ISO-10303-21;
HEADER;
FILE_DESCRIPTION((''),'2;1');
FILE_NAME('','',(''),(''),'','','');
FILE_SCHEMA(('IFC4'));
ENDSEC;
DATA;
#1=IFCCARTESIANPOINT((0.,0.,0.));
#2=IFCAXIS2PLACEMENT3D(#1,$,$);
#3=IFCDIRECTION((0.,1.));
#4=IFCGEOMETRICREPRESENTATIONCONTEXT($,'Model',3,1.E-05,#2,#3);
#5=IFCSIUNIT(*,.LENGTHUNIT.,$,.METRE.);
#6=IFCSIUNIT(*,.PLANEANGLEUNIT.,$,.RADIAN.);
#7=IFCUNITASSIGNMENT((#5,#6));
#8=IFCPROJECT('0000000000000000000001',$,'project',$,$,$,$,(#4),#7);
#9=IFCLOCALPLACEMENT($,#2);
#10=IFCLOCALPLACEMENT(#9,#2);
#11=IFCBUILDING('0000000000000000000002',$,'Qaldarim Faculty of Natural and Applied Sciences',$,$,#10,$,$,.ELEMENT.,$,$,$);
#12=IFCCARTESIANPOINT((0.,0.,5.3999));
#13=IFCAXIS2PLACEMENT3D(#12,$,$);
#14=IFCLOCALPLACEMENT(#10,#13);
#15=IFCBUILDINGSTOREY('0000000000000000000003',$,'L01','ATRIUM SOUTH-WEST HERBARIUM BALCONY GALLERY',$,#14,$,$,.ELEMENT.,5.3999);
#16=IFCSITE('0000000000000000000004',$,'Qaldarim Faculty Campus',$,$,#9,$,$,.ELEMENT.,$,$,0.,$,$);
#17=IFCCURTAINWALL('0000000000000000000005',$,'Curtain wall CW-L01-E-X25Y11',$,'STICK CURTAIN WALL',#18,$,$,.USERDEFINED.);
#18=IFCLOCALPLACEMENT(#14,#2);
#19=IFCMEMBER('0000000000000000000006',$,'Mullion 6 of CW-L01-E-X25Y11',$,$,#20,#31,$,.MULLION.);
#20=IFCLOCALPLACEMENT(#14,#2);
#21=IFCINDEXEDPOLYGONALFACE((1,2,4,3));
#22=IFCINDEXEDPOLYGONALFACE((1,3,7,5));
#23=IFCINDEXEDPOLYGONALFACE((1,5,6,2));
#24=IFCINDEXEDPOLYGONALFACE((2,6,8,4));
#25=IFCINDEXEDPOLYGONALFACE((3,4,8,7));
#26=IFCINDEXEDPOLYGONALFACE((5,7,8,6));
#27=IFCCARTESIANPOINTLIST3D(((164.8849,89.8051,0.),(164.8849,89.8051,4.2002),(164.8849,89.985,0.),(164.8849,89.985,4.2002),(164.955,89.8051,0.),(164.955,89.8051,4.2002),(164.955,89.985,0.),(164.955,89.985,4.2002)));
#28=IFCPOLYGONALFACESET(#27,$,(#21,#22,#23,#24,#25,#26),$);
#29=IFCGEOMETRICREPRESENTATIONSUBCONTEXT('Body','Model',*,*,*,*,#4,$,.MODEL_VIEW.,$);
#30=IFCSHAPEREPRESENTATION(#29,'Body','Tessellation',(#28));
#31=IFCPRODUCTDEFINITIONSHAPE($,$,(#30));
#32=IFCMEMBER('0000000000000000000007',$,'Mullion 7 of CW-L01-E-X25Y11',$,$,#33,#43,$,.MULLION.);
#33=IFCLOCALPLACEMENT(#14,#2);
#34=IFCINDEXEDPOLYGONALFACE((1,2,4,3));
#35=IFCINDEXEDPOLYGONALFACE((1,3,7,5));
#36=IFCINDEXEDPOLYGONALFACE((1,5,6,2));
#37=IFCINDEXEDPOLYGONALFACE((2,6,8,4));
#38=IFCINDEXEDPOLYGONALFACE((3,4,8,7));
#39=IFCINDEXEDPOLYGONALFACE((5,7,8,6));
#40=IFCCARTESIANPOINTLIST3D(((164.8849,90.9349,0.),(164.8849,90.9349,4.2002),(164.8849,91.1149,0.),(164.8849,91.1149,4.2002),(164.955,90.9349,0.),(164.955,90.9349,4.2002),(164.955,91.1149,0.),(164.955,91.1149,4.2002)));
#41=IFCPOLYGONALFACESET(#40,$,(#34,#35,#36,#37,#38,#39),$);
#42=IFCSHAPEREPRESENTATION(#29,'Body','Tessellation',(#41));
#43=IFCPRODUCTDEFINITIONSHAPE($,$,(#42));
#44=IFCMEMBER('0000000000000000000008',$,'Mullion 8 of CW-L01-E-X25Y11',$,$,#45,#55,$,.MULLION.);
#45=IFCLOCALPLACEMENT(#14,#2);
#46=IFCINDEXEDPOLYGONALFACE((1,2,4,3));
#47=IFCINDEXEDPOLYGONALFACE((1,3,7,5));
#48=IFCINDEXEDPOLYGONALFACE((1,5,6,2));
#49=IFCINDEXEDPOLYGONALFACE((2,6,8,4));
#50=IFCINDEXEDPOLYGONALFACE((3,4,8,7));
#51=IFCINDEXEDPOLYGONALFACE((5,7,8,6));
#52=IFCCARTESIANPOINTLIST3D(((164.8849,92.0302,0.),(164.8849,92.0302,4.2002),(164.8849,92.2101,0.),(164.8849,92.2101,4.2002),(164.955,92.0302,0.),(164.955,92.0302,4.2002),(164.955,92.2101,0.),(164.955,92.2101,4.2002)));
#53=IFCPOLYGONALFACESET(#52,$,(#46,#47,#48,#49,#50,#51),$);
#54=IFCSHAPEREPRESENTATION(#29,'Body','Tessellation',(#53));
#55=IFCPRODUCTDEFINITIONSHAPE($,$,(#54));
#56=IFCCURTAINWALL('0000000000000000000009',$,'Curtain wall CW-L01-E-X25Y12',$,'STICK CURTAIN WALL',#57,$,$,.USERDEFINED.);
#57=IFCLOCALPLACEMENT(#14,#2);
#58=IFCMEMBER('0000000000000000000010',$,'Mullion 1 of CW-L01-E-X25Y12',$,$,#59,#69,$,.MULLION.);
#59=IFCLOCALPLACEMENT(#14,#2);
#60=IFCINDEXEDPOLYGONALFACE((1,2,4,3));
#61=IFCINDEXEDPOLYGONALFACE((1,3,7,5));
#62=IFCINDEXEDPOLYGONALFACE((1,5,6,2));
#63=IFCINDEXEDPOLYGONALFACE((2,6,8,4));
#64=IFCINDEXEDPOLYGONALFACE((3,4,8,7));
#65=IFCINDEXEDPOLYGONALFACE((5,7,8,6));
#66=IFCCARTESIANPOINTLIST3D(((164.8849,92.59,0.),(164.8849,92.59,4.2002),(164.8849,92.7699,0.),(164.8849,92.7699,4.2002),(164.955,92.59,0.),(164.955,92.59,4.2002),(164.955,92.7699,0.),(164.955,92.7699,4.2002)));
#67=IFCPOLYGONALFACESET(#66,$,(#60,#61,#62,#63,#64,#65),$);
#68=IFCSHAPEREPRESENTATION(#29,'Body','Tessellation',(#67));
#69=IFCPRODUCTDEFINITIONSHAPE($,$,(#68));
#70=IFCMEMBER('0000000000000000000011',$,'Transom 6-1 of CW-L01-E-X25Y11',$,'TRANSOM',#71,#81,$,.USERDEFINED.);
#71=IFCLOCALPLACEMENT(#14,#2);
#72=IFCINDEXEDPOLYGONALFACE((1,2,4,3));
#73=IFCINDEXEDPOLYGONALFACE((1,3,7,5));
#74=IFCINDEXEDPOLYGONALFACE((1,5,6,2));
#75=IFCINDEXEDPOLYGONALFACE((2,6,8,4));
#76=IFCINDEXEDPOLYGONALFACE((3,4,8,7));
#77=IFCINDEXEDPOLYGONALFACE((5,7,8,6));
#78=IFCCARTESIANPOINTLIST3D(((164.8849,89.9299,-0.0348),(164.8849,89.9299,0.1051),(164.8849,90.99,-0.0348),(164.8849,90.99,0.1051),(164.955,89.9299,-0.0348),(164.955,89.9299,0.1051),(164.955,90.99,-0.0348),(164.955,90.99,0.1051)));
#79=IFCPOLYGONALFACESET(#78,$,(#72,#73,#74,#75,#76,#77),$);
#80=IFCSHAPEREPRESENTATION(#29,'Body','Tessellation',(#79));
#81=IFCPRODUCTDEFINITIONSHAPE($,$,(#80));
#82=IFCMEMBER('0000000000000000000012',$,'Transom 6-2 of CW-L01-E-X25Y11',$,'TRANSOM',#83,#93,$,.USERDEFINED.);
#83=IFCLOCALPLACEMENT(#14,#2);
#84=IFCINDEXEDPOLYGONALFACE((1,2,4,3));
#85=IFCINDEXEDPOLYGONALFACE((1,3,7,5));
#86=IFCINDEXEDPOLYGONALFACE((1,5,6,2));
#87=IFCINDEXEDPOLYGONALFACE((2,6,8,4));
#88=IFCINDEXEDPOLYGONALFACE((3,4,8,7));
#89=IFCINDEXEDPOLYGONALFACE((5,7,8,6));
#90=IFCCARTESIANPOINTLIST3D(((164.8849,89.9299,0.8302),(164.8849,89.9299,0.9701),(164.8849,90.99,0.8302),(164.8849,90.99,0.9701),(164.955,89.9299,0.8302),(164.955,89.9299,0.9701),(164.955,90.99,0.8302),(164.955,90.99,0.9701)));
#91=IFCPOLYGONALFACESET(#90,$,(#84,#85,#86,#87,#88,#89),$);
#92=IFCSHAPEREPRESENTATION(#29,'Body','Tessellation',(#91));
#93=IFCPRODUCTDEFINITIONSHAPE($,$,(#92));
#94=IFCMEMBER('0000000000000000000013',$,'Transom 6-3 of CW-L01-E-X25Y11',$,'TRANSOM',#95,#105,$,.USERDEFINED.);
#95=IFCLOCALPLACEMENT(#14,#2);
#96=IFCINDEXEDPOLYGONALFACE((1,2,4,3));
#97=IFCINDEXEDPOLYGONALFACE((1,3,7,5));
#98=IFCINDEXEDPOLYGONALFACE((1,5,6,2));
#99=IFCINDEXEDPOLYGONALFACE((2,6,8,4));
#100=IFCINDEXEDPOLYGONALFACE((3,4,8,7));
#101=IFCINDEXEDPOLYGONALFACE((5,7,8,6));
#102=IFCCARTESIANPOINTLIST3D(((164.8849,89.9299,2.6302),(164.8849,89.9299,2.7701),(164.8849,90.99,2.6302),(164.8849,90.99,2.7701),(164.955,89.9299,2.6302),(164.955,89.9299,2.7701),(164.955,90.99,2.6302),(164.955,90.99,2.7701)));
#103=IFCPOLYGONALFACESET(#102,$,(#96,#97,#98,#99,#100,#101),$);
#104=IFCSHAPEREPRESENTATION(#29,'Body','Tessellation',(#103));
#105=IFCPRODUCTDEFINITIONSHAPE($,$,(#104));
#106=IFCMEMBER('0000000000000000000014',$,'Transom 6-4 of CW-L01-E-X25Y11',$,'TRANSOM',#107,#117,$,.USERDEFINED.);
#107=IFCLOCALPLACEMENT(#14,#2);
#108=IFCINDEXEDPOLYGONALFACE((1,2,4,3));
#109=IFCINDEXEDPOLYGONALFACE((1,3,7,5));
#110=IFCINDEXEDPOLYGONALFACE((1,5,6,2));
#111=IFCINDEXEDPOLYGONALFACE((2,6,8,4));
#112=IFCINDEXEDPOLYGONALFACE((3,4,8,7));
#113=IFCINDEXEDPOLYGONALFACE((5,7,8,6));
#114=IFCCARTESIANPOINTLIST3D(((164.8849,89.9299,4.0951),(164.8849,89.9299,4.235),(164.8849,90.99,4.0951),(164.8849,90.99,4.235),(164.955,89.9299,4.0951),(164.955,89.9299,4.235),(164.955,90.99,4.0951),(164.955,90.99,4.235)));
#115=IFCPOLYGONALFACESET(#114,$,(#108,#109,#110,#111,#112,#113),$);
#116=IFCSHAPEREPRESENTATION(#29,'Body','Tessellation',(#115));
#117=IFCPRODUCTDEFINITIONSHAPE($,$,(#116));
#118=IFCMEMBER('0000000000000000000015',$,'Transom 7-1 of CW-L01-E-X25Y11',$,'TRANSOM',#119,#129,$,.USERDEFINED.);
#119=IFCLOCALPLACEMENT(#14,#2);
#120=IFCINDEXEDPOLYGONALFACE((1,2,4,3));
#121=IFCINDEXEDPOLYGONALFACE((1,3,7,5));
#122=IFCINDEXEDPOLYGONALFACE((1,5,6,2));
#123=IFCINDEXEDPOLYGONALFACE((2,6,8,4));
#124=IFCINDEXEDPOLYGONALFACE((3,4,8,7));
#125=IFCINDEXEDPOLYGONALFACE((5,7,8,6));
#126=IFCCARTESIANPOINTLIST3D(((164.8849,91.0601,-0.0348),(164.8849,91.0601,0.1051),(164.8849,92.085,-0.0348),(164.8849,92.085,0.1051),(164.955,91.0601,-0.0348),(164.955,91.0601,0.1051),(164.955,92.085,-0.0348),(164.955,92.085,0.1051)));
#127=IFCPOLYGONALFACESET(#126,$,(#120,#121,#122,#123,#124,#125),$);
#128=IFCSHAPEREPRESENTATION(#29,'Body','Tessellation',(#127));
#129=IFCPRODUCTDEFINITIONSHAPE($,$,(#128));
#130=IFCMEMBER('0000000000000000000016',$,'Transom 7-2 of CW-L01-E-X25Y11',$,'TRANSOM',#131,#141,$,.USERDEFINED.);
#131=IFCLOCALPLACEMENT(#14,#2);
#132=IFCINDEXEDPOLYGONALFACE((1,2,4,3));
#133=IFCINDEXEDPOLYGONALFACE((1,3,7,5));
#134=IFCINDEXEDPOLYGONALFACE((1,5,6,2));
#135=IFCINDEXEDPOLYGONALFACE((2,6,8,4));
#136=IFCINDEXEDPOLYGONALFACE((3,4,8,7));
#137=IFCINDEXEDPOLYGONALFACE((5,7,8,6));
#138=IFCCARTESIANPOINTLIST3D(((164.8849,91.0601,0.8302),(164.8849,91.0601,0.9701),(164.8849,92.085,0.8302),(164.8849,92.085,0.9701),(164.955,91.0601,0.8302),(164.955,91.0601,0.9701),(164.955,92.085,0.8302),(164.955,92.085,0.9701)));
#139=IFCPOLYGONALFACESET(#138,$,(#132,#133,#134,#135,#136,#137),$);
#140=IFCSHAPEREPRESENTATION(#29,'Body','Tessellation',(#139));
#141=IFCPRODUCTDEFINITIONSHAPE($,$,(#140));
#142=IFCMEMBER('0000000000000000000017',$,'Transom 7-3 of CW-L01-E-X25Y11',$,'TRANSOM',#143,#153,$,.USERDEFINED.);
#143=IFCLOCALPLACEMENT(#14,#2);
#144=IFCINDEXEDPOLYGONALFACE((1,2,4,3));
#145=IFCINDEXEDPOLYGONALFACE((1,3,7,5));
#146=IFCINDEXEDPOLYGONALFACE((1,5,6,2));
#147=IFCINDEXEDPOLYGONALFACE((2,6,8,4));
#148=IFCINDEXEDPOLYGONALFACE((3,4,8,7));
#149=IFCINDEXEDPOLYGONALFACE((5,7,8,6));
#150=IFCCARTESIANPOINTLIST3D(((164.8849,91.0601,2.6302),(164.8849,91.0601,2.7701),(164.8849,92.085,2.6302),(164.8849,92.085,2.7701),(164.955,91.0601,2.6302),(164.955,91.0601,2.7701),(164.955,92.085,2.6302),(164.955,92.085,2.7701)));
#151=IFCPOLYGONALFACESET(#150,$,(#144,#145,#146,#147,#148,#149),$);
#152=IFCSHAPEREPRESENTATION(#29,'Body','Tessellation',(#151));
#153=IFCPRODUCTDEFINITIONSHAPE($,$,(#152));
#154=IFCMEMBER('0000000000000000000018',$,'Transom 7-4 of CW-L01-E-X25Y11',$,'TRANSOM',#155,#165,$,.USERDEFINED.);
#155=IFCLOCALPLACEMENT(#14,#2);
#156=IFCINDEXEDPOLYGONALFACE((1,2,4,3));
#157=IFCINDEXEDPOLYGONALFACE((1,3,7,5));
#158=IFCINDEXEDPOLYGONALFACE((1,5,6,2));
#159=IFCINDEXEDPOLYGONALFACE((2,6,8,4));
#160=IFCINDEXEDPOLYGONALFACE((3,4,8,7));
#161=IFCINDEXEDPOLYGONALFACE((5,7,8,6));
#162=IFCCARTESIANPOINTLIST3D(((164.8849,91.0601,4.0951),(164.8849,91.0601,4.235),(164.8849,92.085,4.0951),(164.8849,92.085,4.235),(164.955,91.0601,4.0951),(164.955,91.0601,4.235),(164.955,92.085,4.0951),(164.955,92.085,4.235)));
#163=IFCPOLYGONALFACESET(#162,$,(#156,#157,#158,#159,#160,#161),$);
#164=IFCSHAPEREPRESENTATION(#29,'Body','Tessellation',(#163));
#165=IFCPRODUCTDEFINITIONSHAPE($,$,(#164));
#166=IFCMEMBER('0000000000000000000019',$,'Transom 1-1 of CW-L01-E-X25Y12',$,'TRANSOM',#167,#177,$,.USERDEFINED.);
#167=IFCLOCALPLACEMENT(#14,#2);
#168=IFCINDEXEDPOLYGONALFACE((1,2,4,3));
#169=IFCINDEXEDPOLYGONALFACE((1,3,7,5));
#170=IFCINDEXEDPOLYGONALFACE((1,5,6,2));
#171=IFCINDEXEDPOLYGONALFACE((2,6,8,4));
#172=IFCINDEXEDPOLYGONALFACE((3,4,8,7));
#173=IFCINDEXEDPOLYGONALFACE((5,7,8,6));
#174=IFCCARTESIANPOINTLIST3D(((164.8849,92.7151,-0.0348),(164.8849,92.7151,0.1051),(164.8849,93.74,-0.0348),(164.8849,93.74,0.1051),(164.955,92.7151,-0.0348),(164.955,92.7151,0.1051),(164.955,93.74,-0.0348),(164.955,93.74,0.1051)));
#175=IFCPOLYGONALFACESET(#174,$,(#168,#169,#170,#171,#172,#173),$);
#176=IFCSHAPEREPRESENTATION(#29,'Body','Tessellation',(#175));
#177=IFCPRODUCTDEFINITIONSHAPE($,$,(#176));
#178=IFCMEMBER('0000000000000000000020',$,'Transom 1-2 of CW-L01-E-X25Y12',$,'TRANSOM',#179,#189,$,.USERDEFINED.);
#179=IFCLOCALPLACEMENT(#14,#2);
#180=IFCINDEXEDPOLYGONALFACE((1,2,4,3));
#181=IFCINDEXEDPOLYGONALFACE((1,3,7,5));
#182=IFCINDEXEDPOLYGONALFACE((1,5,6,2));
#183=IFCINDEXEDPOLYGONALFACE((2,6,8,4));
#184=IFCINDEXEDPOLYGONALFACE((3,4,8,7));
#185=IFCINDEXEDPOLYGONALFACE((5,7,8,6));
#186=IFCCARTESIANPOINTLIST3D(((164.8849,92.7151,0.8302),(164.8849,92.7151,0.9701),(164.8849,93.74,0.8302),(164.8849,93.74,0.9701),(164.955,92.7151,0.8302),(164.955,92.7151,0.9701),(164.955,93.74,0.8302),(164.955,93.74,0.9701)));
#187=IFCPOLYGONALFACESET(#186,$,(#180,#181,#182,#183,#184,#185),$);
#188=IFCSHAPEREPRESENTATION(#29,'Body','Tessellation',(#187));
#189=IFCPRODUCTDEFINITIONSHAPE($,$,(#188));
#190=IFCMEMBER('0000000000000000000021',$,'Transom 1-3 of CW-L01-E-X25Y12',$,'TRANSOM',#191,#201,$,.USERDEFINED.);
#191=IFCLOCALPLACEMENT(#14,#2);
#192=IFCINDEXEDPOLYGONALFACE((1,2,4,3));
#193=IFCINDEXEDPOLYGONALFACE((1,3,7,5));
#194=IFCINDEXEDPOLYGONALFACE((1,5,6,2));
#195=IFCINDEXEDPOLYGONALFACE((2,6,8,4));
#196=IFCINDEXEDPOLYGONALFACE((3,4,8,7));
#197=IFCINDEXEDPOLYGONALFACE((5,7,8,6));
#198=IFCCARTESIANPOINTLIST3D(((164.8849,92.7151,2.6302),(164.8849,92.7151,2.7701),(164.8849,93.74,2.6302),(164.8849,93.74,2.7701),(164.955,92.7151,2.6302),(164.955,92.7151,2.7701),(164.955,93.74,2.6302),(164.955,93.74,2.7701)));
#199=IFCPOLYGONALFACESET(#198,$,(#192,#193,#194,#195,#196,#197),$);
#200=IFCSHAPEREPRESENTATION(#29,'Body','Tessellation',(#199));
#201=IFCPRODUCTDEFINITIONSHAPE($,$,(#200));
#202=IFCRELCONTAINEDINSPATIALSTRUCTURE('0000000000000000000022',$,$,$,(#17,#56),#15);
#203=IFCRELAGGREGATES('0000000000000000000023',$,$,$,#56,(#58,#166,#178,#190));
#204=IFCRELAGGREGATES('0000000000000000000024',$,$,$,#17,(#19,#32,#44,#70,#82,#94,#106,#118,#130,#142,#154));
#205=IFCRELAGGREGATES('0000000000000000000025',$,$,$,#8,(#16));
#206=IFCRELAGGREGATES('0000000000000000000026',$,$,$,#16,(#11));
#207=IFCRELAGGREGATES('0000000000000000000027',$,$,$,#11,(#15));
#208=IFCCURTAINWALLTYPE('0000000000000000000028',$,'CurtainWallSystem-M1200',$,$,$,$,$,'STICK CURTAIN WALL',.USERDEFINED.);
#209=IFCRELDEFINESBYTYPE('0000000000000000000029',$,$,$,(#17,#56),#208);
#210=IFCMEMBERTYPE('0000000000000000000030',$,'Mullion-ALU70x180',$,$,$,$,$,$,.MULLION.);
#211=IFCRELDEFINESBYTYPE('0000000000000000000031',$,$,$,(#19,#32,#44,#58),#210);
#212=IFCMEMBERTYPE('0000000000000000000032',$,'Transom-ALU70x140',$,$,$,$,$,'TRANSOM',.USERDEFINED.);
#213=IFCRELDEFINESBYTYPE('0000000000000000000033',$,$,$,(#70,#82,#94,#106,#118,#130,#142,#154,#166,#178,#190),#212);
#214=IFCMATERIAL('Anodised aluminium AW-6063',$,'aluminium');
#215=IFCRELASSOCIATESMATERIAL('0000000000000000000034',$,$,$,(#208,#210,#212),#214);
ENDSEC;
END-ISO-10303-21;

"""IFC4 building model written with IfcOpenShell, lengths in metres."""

from ifc_helpers import new_model, si_unit, direction, frame, origin, origin_2d, place, context, subcontext, project, spatial, rectangle, extrude, material, material_profile, profile_set, type_object, element, aggregate, save


model = new_model("IFC4")

# Units and contexts
model_context = context("Model", 3, precision=1e-05, world=origin(), true_north=direction((0.0, 1.0)))
body_context = subcontext(model_context, "Body", "Model", "MODEL_VIEW")
ifc_project = project(units=[si_unit("LENGTHUNIT", "METRE"), si_unit("PLANEANGLEUNIT", "RADIAN")], contexts=[model_context])

# Site, building, storey
site_placement = place(None, origin())
site = spatial("IfcSite", under=ifc_project, at=site_placement, Name="Qaldarim Faculty Campus", CompositionType="ELEMENT", RefElevation=0.0)
building_placement = place(site_placement, origin())
building = spatial("IfcBuilding", under=site, at=building_placement, Name="Qaldarim Faculty of Natural and Applied Sciences", CompositionType="ELEMENT")
storey_placement = place(building_placement, frame((0.0, 0.0, 5.3999)))
storey = spatial("IfcBuildingStorey", under=building, at=storey_placement, Name="L01", Description="ATRIUM SOUTH-WEST HERBARIUM BALCONY GALLERY", CompositionType="ELEMENT", Elevation=5.3999)

# Curtain wall, members
ifc_material_1 = material(Name="Anodised aluminium AW-6063", Category="aluminium")
curtain_wall_type = type_object("IfcCurtainWallType", Name="CurtainWallSystem-M1200", ElementType="STICK CURTAIN WALL", PredefinedType="USERDEFINED", material=ifc_material_1)
curtain_wall_1_placement = place(storey_placement, origin())
curtain_wall_1 = element("IfcCurtainWall", 1, at=curtain_wall_1_placement, inside=storey, type_object=curtain_wall_type, Name="Curtain wall CW-L01-E-X25Y11", ObjectType="STICK CURTAIN WALL", PredefinedType="USERDEFINED")
ifc_material_profile_1 = material_profile(ifc_material_1, rectangle(XDim=0.0701, YDim=0.1799, at=origin_2d()), Name="ALU-M70x180")
ifc_profile_set_1 = profile_set([ifc_material_profile_1], Name="Anodised aluminium AW-6063")
member_type_1 = type_object("IfcMemberType", Name="Mullion-ALU70x180", PredefinedType="MULLION", material=ifc_profile_set_1)
member_1_placement = place(storey_placement, frame((164.9199, 89.895, 0.0), z_axis=(0.0, 0.0, 1.0), x_axis=(-1.0, 0.0, 0.0)))
member_1 = element("IfcMember", 2, at=member_1_placement, type_object=member_type_1, Name="Mullion 6 of CW-L01-E-X25Y11", PredefinedType="MULLION", context=body_context, shape_type="SweptSolid", body=[
    extrude(rectangle(XDim=0.0701, YDim=0.1799, at=origin_2d()), origin(), (0.0, 0.0, 1.0), 4.2002),
])
member_2_placement = place(storey_placement, frame((164.9199, 91.0249, 0.0), z_axis=(0.0, 0.0, 1.0), x_axis=(-1.0, 0.0, 0.0)))
member_2 = element("IfcMember", 3, at=member_2_placement, type_object=member_type_1, Name="Mullion 7 of CW-L01-E-X25Y11", PredefinedType="MULLION", context=body_context, shape_type="SweptSolid", body=[
    extrude(rectangle(XDim=0.0701, YDim=0.1799, at=origin_2d()), origin(), (0.0, 0.0, 1.0), 4.2002),
])
member_3_placement = place(storey_placement, frame((164.9199, 92.1201, 0.0), z_axis=(0.0, 0.0, 1.0), x_axis=(-1.0, 0.0, 0.0)))
member_3 = element("IfcMember", 4, at=member_3_placement, type_object=member_type_1, Name="Mullion 8 of CW-L01-E-X25Y11", PredefinedType="MULLION", context=body_context, shape_type="SweptSolid", body=[
    extrude(rectangle(XDim=0.0701, YDim=0.1799, at=origin_2d()), origin(), (0.0, 0.0, 1.0), 4.2002),
])

# Curtain wall, member
curtain_wall_2_placement = place(storey_placement, origin())
curtain_wall_2 = element("IfcCurtainWall", 5, at=curtain_wall_2_placement, inside=storey, type_object=curtain_wall_type, Name="Curtain wall CW-L01-E-X25Y12", ObjectType="STICK CURTAIN WALL", PredefinedType="USERDEFINED")
member_4_placement = place(storey_placement, frame((164.9199, 92.6799, 0.0), z_axis=(0.0, 0.0, 1.0), x_axis=(-1.0, 0.0, 0.0)))
member_4 = element("IfcMember", 6, at=member_4_placement, type_object=member_type_1, Name="Mullion 1 of CW-L01-E-X25Y12", PredefinedType="MULLION", context=body_context, shape_type="SweptSolid", body=[
    extrude(rectangle(XDim=0.0701, YDim=0.1799, at=origin_2d()), origin(), (0.0, 0.0, 1.0), 4.2002),
])

# Members
ifc_material_profile_2 = material_profile(ifc_material_1, rectangle(XDim=0.0701, YDim=0.1399, at=origin_2d()), Name="ALU-T70x140")
ifc_profile_set_2 = profile_set([ifc_material_profile_2], Name="Anodised aluminium AW-6063")
member_type_2 = type_object("IfcMemberType", Name="Transom-ALU70x140", ElementType="TRANSOM", PredefinedType="USERDEFINED", material=ifc_profile_set_2)
member_5_placement = place(storey_placement, frame((164.9199, 89.9299, 0.0352), z_axis=(0.0, 1.0, 0.0), x_axis=(-1.0, 0.0, 0.0)))
member_5 = element("IfcMember", 7, at=member_5_placement, type_object=member_type_2, Name="Transom 6-1 of CW-L01-E-X25Y11", ObjectType="TRANSOM", PredefinedType="USERDEFINED", context=body_context, shape_type="SweptSolid", body=[
    extrude(rectangle(XDim=0.0701, YDim=0.1399, at=origin_2d()), origin(), (0.0, 0.0, 1.0), 1.0601),
])
member_6_placement = place(storey_placement, frame((164.9199, 89.9299, 0.9001), z_axis=(0.0, 1.0, 0.0), x_axis=(-1.0, 0.0, 0.0)))
member_6 = element("IfcMember", 8, at=member_6_placement, type_object=member_type_2, Name="Transom 6-2 of CW-L01-E-X25Y11", ObjectType="TRANSOM", PredefinedType="USERDEFINED", context=body_context, shape_type="SweptSolid", body=[
    extrude(rectangle(XDim=0.0701, YDim=0.1399, at=origin_2d()), origin(), (0.0, 0.0, 1.0), 1.0601),
])
member_7_placement = place(storey_placement, frame((164.9199, 89.9299, 2.7002), z_axis=(0.0, 1.0, 0.0), x_axis=(-1.0, 0.0, 0.0)))
member_7 = element("IfcMember", 9, at=member_7_placement, type_object=member_type_2, Name="Transom 6-3 of CW-L01-E-X25Y11", ObjectType="TRANSOM", PredefinedType="USERDEFINED", context=body_context, shape_type="SweptSolid", body=[
    extrude(rectangle(XDim=0.0701, YDim=0.1399, at=origin_2d()), origin(), (0.0, 0.0, 1.0), 1.0601),
])
member_8_placement = place(storey_placement, frame((164.9199, 89.9299, 4.165), z_axis=(0.0, 1.0, 0.0), x_axis=(-1.0, 0.0, 0.0)))
member_8 = element("IfcMember", 10, at=member_8_placement, type_object=member_type_2, Name="Transom 6-4 of CW-L01-E-X25Y11", ObjectType="TRANSOM", PredefinedType="USERDEFINED", context=body_context, shape_type="SweptSolid", body=[
    extrude(rectangle(XDim=0.0701, YDim=0.1399, at=origin_2d()), origin(), (0.0, 0.0, 1.0), 1.0601),
])
member_9_placement = place(storey_placement, frame((164.9199, 91.0601, 0.0352), z_axis=(0.0, 1.0, 0.0), x_axis=(-1.0, 0.0, 0.0)))
member_9 = element("IfcMember", 11, at=member_9_placement, type_object=member_type_2, Name="Transom 7-1 of CW-L01-E-X25Y11", ObjectType="TRANSOM", PredefinedType="USERDEFINED", context=body_context, shape_type="SweptSolid", body=[
    extrude(rectangle(XDim=0.0701, YDim=0.1399, at=origin_2d()), origin(), (0.0, 0.0, 1.0), 1.0249),
])
member_10_placement = place(storey_placement, frame((164.9199, 91.0601, 0.9001), z_axis=(0.0, 1.0, 0.0), x_axis=(-1.0, 0.0, 0.0)))
member_10 = element("IfcMember", 12, at=member_10_placement, type_object=member_type_2, Name="Transom 7-2 of CW-L01-E-X25Y11", ObjectType="TRANSOM", PredefinedType="USERDEFINED", context=body_context, shape_type="SweptSolid", body=[
    extrude(rectangle(XDim=0.0701, YDim=0.1399, at=origin_2d()), origin(), (0.0, 0.0, 1.0), 1.0249),
])
member_11_placement = place(storey_placement, frame((164.9199, 91.0601, 2.7002), z_axis=(0.0, 1.0, 0.0), x_axis=(-1.0, 0.0, 0.0)))
member_11 = element("IfcMember", 13, at=member_11_placement, type_object=member_type_2, Name="Transom 7-3 of CW-L01-E-X25Y11", ObjectType="TRANSOM", PredefinedType="USERDEFINED", context=body_context, shape_type="SweptSolid", body=[
    extrude(rectangle(XDim=0.0701, YDim=0.1399, at=origin_2d()), origin(), (0.0, 0.0, 1.0), 1.0249),
])
member_12_placement = place(storey_placement, frame((164.9199, 91.0601, 4.165), z_axis=(0.0, 1.0, 0.0), x_axis=(-1.0, 0.0, 0.0)))
member_12 = element("IfcMember", 14, at=member_12_placement, type_object=member_type_2, Name="Transom 7-4 of CW-L01-E-X25Y11", ObjectType="TRANSOM", PredefinedType="USERDEFINED", context=body_context, shape_type="SweptSolid", body=[
    extrude(rectangle(XDim=0.0701, YDim=0.1399, at=origin_2d()), origin(), (0.0, 0.0, 1.0), 1.0249),
])
member_13_placement = place(storey_placement, frame((164.9199, 92.7151, 0.0352), z_axis=(0.0, 1.0, 0.0), x_axis=(-1.0, 0.0, 0.0)))
member_13 = element("IfcMember", 15, at=member_13_placement, type_object=member_type_2, Name="Transom 1-1 of CW-L01-E-X25Y12", ObjectType="TRANSOM", PredefinedType="USERDEFINED", context=body_context, shape_type="SweptSolid", body=[
    extrude(rectangle(XDim=0.0701, YDim=0.1399, at=origin_2d()), origin(), (0.0, 0.0, 1.0), 1.0249),
])
member_14_placement = place(storey_placement, frame((164.9199, 92.7151, 0.9001), z_axis=(0.0, 1.0, 0.0), x_axis=(-1.0, 0.0, 0.0)))
member_14 = element("IfcMember", 16, at=member_14_placement, type_object=member_type_2, Name="Transom 1-2 of CW-L01-E-X25Y12", ObjectType="TRANSOM", PredefinedType="USERDEFINED", context=body_context, shape_type="SweptSolid", body=[
    extrude(rectangle(XDim=0.0701, YDim=0.1399, at=origin_2d()), origin(), (0.0, 0.0, 1.0), 1.0249),
])
member_15_placement = place(storey_placement, frame((164.9199, 92.7151, 2.7002), z_axis=(0.0, 1.0, 0.0), x_axis=(-1.0, 0.0, 0.0)))
member_15 = element("IfcMember", 17, at=member_15_placement, type_object=member_type_2, Name="Transom 1-3 of CW-L01-E-X25Y12", ObjectType="TRANSOM", PredefinedType="USERDEFINED", context=body_context, shape_type="SweptSolid", body=[
    extrude(rectangle(XDim=0.0701, YDim=0.1399, at=origin_2d()), origin(), (0.0, 0.0, 1.0), 1.0249),
])
aggregate(curtain_wall_2, [member_4, member_13, member_14, member_15])

aggregate(curtain_wall_1, [member_1, member_2, member_3, member_5, member_6, member_7, member_8, member_9, member_10, member_11, member_12])

save(model, "model.ifc")
